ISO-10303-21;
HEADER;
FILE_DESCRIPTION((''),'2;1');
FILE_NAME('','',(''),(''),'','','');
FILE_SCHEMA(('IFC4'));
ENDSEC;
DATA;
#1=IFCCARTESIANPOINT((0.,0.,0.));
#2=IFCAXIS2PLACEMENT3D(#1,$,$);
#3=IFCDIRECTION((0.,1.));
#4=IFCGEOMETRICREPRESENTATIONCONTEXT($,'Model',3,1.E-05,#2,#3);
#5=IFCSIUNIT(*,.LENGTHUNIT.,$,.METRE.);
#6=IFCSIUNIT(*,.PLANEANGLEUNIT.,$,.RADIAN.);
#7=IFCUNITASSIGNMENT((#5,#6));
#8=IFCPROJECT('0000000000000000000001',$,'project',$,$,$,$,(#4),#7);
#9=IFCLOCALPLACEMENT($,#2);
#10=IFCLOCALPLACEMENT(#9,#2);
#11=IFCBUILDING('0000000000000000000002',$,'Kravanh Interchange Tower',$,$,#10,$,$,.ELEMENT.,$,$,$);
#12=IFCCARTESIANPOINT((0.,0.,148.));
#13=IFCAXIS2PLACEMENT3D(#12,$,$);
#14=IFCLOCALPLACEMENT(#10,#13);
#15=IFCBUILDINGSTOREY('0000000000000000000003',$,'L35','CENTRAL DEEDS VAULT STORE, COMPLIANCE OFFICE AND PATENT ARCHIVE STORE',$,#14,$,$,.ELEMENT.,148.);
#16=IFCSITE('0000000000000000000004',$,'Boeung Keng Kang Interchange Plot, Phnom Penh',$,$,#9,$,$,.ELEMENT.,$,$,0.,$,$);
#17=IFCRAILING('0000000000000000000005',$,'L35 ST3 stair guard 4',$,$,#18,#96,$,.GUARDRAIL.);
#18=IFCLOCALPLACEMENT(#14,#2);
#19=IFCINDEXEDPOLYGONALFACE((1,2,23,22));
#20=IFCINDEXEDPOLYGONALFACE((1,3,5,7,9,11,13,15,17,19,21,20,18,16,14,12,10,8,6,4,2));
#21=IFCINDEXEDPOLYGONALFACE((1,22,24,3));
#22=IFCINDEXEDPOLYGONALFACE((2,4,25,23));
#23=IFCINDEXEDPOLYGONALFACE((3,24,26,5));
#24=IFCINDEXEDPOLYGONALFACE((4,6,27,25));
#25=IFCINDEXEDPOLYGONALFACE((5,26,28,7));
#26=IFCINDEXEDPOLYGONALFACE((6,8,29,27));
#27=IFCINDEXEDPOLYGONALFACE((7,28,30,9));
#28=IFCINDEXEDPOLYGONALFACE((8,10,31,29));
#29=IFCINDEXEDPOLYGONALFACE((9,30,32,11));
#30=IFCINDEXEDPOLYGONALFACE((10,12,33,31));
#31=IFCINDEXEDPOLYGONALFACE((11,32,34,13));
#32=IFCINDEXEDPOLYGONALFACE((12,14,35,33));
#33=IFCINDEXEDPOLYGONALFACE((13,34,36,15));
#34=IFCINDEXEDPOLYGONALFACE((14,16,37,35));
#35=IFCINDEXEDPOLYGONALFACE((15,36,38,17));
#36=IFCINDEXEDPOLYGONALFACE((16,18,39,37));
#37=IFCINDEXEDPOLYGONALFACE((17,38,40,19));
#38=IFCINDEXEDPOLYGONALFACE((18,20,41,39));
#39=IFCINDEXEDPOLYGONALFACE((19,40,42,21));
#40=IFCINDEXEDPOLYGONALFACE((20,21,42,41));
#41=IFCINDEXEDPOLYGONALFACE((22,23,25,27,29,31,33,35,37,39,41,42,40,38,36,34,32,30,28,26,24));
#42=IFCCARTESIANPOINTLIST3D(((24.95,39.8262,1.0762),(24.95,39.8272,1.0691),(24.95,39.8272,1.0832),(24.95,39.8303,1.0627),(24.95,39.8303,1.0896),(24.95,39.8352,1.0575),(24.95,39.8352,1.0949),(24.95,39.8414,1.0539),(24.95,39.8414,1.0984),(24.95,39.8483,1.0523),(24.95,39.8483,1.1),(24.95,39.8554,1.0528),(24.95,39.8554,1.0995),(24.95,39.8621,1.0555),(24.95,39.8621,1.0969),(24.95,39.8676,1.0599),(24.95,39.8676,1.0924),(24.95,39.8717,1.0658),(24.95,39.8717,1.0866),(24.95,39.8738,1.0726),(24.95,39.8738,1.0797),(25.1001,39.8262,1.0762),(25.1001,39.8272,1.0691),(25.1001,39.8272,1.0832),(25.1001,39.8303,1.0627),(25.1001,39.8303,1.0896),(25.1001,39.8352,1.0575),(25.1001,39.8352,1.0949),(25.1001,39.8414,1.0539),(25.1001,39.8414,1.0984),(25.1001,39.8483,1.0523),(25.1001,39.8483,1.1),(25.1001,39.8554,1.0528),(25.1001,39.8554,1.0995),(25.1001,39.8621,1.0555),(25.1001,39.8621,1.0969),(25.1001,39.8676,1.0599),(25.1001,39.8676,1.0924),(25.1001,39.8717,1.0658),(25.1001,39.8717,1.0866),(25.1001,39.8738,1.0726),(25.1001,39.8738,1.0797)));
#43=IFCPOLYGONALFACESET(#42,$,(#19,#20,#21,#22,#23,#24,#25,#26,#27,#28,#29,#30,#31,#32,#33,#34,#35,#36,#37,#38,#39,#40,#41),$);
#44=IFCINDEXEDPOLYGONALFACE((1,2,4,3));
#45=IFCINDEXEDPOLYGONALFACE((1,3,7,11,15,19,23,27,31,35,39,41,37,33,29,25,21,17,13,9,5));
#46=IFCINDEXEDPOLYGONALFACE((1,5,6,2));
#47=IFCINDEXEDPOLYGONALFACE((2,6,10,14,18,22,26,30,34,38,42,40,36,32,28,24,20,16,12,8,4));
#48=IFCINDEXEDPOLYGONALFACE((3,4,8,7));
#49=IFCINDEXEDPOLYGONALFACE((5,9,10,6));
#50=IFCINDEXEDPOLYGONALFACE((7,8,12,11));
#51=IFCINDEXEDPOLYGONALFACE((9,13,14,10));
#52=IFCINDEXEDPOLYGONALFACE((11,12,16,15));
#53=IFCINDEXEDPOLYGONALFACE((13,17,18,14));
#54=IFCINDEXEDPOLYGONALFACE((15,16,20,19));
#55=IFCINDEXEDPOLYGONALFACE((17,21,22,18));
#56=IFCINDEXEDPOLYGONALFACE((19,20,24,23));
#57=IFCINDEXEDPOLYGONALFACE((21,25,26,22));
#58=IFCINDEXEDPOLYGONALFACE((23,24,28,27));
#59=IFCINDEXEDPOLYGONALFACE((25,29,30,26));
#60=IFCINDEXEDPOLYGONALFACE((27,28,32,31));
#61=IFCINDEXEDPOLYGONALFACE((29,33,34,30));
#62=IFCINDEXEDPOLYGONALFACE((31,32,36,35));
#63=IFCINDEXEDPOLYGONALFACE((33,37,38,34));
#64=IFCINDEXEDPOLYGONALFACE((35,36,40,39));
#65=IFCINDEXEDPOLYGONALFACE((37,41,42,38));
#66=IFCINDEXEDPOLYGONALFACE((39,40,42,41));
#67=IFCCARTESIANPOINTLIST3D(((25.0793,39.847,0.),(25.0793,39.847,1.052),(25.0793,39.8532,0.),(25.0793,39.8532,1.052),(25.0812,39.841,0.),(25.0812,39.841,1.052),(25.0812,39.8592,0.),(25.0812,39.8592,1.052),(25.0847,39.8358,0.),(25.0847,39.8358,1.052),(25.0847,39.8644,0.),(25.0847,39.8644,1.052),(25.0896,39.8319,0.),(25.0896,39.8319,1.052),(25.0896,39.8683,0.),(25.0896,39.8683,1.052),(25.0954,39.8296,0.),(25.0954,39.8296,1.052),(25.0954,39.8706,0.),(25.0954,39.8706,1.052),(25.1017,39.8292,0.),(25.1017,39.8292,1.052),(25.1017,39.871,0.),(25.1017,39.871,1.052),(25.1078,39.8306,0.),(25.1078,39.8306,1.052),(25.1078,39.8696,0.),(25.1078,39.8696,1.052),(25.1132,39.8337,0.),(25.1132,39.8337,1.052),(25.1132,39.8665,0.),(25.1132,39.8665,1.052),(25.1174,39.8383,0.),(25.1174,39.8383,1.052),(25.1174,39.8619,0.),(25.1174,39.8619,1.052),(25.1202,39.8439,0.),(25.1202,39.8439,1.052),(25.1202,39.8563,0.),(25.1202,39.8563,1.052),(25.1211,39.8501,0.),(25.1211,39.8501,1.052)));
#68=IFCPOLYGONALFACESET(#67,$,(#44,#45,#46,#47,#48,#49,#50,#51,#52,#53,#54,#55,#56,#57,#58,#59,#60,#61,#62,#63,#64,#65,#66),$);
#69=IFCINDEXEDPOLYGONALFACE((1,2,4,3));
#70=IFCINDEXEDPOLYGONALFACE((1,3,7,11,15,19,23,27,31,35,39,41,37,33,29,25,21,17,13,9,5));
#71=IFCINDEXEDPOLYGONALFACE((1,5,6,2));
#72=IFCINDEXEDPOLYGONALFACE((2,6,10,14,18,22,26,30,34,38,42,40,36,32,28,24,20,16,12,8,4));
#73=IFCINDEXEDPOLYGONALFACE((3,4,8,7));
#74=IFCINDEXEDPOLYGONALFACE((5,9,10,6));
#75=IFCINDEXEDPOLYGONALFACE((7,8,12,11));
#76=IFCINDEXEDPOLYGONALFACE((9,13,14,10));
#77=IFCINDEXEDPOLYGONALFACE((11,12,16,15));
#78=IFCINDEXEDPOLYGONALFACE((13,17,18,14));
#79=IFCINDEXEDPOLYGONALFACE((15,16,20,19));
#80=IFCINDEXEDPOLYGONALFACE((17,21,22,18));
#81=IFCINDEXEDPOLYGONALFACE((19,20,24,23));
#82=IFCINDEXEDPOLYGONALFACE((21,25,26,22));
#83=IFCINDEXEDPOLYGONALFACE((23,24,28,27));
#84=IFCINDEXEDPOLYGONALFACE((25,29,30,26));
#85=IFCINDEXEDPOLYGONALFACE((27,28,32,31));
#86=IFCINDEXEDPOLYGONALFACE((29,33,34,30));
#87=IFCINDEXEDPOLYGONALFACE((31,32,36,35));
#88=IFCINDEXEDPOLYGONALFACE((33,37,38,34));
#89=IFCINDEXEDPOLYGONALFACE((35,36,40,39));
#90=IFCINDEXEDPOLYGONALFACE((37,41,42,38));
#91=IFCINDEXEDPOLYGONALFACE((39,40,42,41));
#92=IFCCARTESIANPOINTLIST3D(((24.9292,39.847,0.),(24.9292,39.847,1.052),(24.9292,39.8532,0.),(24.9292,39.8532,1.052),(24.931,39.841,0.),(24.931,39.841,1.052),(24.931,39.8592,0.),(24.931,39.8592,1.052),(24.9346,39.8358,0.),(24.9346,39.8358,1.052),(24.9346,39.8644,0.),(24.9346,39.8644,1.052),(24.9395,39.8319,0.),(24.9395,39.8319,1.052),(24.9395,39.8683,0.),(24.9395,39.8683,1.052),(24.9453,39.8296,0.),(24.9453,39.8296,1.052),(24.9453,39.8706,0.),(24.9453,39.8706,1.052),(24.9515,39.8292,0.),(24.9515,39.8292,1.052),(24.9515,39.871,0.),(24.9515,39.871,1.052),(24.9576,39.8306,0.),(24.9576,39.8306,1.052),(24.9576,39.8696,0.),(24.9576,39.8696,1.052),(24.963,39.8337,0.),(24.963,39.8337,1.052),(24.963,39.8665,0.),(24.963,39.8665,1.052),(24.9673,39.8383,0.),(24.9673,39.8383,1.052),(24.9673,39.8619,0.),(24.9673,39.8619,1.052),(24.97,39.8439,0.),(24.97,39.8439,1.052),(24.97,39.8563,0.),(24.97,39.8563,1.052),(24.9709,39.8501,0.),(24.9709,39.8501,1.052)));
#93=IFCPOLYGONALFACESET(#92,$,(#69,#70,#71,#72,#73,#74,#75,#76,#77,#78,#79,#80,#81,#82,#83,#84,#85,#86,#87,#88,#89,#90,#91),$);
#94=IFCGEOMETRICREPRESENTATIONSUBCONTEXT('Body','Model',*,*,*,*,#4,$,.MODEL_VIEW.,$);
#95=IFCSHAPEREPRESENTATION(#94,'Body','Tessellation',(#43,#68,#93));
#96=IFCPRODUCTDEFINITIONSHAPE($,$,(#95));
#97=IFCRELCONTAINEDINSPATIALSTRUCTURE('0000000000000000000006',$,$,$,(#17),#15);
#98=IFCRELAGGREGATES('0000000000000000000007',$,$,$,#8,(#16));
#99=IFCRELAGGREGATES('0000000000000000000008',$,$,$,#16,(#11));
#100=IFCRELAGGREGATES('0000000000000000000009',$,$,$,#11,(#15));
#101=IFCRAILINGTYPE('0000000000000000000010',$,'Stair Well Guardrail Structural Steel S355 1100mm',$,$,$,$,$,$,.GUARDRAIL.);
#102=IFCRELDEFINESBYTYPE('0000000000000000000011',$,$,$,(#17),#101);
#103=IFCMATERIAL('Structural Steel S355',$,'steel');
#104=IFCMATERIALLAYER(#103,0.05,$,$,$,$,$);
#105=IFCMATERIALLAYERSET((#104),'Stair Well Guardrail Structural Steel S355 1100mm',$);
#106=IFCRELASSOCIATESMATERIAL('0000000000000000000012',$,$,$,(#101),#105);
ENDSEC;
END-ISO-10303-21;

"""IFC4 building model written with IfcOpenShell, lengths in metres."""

from ifc_helpers import new_model, si_unit, direction, frame, origin, origin_2d, place, context, subcontext, project, spatial, circle, extrude, material, layer, layer_set, type_object, element, save


model = new_model("IFC4")

# Units and contexts
model_context = context("Model", 3, precision=1e-05, world=origin(), true_north=direction((0.0, 1.0)))
body_context = subcontext(model_context, "Body", "Model", "MODEL_VIEW")
ifc_project = project(units=[si_unit("LENGTHUNIT", "METRE"), si_unit("PLANEANGLEUNIT", "RADIAN")], contexts=[model_context])

# Site, building, storey
site_placement = place(None, origin())
site = spatial("IfcSite", under=ifc_project, at=site_placement, Name="Boeung Keng Kang Interchange Plot, Phnom Penh", CompositionType="ELEMENT", RefElevation=0.0)
building_placement = place(site_placement, origin())
building = spatial("IfcBuilding", under=site, at=building_placement, Name="Kravanh Interchange Tower", CompositionType="ELEMENT")
storey_placement = place(building_placement, frame((0.0, 0.0, 148.0)))
storey = spatial("IfcBuildingStorey", under=building, at=storey_placement, Name="L35", Description="CENTRAL DEEDS VAULT STORE, COMPLIANCE OFFICE AND PATENT ARCHIVE STORE", CompositionType="ELEMENT", Elevation=148.0)

# Railing
ifc_material_1 = material(Name="Structural Steel S355", Category="steel")
ifc_layer_1 = layer(ifc_material_1, 0.05)
ifc_layer_set_1 = layer_set([ifc_layer_1], Name="Stair Well Guardrail Structural Steel S355 1100mm")
railing_type_1 = type_object("IfcRailingType", Name="Stair Well Guardrail Structural Steel S355 1100mm", PredefinedType="GUARDRAIL", material=ifc_layer_set_1)
railing_1_placement = place(storey_placement, frame((25.1001, 39.8501, 0.0)))
element("IfcRailing", 1, at=railing_1_placement, inside=storey, type_object=railing_type_1, Name="L35 ST3 stair guard 4", PredefinedType="GUARDRAIL", context=body_context, shape_type="SweptSolid", body=[
    extrude(circle(Radius=0.0239, at=origin_2d()), frame((0.0, 0.0, 1.0762), z_axis=(-1.0, 0.0, 0.0), x_axis=(0.0, -1.0, 0.0)), (0.0, 0.0, 1.0), 0.1501),
    extrude(circle(Radius=0.021, at=origin_2d()), origin(), (0.0, 0.0, 1.0), 1.052),
    extrude(circle(Radius=0.021, at=origin_2d()), frame((-0.1501, 0.0, 0.0)), (0.0, 0.0, 1.0), 1.052),
])

save(model, "model.ifc")
